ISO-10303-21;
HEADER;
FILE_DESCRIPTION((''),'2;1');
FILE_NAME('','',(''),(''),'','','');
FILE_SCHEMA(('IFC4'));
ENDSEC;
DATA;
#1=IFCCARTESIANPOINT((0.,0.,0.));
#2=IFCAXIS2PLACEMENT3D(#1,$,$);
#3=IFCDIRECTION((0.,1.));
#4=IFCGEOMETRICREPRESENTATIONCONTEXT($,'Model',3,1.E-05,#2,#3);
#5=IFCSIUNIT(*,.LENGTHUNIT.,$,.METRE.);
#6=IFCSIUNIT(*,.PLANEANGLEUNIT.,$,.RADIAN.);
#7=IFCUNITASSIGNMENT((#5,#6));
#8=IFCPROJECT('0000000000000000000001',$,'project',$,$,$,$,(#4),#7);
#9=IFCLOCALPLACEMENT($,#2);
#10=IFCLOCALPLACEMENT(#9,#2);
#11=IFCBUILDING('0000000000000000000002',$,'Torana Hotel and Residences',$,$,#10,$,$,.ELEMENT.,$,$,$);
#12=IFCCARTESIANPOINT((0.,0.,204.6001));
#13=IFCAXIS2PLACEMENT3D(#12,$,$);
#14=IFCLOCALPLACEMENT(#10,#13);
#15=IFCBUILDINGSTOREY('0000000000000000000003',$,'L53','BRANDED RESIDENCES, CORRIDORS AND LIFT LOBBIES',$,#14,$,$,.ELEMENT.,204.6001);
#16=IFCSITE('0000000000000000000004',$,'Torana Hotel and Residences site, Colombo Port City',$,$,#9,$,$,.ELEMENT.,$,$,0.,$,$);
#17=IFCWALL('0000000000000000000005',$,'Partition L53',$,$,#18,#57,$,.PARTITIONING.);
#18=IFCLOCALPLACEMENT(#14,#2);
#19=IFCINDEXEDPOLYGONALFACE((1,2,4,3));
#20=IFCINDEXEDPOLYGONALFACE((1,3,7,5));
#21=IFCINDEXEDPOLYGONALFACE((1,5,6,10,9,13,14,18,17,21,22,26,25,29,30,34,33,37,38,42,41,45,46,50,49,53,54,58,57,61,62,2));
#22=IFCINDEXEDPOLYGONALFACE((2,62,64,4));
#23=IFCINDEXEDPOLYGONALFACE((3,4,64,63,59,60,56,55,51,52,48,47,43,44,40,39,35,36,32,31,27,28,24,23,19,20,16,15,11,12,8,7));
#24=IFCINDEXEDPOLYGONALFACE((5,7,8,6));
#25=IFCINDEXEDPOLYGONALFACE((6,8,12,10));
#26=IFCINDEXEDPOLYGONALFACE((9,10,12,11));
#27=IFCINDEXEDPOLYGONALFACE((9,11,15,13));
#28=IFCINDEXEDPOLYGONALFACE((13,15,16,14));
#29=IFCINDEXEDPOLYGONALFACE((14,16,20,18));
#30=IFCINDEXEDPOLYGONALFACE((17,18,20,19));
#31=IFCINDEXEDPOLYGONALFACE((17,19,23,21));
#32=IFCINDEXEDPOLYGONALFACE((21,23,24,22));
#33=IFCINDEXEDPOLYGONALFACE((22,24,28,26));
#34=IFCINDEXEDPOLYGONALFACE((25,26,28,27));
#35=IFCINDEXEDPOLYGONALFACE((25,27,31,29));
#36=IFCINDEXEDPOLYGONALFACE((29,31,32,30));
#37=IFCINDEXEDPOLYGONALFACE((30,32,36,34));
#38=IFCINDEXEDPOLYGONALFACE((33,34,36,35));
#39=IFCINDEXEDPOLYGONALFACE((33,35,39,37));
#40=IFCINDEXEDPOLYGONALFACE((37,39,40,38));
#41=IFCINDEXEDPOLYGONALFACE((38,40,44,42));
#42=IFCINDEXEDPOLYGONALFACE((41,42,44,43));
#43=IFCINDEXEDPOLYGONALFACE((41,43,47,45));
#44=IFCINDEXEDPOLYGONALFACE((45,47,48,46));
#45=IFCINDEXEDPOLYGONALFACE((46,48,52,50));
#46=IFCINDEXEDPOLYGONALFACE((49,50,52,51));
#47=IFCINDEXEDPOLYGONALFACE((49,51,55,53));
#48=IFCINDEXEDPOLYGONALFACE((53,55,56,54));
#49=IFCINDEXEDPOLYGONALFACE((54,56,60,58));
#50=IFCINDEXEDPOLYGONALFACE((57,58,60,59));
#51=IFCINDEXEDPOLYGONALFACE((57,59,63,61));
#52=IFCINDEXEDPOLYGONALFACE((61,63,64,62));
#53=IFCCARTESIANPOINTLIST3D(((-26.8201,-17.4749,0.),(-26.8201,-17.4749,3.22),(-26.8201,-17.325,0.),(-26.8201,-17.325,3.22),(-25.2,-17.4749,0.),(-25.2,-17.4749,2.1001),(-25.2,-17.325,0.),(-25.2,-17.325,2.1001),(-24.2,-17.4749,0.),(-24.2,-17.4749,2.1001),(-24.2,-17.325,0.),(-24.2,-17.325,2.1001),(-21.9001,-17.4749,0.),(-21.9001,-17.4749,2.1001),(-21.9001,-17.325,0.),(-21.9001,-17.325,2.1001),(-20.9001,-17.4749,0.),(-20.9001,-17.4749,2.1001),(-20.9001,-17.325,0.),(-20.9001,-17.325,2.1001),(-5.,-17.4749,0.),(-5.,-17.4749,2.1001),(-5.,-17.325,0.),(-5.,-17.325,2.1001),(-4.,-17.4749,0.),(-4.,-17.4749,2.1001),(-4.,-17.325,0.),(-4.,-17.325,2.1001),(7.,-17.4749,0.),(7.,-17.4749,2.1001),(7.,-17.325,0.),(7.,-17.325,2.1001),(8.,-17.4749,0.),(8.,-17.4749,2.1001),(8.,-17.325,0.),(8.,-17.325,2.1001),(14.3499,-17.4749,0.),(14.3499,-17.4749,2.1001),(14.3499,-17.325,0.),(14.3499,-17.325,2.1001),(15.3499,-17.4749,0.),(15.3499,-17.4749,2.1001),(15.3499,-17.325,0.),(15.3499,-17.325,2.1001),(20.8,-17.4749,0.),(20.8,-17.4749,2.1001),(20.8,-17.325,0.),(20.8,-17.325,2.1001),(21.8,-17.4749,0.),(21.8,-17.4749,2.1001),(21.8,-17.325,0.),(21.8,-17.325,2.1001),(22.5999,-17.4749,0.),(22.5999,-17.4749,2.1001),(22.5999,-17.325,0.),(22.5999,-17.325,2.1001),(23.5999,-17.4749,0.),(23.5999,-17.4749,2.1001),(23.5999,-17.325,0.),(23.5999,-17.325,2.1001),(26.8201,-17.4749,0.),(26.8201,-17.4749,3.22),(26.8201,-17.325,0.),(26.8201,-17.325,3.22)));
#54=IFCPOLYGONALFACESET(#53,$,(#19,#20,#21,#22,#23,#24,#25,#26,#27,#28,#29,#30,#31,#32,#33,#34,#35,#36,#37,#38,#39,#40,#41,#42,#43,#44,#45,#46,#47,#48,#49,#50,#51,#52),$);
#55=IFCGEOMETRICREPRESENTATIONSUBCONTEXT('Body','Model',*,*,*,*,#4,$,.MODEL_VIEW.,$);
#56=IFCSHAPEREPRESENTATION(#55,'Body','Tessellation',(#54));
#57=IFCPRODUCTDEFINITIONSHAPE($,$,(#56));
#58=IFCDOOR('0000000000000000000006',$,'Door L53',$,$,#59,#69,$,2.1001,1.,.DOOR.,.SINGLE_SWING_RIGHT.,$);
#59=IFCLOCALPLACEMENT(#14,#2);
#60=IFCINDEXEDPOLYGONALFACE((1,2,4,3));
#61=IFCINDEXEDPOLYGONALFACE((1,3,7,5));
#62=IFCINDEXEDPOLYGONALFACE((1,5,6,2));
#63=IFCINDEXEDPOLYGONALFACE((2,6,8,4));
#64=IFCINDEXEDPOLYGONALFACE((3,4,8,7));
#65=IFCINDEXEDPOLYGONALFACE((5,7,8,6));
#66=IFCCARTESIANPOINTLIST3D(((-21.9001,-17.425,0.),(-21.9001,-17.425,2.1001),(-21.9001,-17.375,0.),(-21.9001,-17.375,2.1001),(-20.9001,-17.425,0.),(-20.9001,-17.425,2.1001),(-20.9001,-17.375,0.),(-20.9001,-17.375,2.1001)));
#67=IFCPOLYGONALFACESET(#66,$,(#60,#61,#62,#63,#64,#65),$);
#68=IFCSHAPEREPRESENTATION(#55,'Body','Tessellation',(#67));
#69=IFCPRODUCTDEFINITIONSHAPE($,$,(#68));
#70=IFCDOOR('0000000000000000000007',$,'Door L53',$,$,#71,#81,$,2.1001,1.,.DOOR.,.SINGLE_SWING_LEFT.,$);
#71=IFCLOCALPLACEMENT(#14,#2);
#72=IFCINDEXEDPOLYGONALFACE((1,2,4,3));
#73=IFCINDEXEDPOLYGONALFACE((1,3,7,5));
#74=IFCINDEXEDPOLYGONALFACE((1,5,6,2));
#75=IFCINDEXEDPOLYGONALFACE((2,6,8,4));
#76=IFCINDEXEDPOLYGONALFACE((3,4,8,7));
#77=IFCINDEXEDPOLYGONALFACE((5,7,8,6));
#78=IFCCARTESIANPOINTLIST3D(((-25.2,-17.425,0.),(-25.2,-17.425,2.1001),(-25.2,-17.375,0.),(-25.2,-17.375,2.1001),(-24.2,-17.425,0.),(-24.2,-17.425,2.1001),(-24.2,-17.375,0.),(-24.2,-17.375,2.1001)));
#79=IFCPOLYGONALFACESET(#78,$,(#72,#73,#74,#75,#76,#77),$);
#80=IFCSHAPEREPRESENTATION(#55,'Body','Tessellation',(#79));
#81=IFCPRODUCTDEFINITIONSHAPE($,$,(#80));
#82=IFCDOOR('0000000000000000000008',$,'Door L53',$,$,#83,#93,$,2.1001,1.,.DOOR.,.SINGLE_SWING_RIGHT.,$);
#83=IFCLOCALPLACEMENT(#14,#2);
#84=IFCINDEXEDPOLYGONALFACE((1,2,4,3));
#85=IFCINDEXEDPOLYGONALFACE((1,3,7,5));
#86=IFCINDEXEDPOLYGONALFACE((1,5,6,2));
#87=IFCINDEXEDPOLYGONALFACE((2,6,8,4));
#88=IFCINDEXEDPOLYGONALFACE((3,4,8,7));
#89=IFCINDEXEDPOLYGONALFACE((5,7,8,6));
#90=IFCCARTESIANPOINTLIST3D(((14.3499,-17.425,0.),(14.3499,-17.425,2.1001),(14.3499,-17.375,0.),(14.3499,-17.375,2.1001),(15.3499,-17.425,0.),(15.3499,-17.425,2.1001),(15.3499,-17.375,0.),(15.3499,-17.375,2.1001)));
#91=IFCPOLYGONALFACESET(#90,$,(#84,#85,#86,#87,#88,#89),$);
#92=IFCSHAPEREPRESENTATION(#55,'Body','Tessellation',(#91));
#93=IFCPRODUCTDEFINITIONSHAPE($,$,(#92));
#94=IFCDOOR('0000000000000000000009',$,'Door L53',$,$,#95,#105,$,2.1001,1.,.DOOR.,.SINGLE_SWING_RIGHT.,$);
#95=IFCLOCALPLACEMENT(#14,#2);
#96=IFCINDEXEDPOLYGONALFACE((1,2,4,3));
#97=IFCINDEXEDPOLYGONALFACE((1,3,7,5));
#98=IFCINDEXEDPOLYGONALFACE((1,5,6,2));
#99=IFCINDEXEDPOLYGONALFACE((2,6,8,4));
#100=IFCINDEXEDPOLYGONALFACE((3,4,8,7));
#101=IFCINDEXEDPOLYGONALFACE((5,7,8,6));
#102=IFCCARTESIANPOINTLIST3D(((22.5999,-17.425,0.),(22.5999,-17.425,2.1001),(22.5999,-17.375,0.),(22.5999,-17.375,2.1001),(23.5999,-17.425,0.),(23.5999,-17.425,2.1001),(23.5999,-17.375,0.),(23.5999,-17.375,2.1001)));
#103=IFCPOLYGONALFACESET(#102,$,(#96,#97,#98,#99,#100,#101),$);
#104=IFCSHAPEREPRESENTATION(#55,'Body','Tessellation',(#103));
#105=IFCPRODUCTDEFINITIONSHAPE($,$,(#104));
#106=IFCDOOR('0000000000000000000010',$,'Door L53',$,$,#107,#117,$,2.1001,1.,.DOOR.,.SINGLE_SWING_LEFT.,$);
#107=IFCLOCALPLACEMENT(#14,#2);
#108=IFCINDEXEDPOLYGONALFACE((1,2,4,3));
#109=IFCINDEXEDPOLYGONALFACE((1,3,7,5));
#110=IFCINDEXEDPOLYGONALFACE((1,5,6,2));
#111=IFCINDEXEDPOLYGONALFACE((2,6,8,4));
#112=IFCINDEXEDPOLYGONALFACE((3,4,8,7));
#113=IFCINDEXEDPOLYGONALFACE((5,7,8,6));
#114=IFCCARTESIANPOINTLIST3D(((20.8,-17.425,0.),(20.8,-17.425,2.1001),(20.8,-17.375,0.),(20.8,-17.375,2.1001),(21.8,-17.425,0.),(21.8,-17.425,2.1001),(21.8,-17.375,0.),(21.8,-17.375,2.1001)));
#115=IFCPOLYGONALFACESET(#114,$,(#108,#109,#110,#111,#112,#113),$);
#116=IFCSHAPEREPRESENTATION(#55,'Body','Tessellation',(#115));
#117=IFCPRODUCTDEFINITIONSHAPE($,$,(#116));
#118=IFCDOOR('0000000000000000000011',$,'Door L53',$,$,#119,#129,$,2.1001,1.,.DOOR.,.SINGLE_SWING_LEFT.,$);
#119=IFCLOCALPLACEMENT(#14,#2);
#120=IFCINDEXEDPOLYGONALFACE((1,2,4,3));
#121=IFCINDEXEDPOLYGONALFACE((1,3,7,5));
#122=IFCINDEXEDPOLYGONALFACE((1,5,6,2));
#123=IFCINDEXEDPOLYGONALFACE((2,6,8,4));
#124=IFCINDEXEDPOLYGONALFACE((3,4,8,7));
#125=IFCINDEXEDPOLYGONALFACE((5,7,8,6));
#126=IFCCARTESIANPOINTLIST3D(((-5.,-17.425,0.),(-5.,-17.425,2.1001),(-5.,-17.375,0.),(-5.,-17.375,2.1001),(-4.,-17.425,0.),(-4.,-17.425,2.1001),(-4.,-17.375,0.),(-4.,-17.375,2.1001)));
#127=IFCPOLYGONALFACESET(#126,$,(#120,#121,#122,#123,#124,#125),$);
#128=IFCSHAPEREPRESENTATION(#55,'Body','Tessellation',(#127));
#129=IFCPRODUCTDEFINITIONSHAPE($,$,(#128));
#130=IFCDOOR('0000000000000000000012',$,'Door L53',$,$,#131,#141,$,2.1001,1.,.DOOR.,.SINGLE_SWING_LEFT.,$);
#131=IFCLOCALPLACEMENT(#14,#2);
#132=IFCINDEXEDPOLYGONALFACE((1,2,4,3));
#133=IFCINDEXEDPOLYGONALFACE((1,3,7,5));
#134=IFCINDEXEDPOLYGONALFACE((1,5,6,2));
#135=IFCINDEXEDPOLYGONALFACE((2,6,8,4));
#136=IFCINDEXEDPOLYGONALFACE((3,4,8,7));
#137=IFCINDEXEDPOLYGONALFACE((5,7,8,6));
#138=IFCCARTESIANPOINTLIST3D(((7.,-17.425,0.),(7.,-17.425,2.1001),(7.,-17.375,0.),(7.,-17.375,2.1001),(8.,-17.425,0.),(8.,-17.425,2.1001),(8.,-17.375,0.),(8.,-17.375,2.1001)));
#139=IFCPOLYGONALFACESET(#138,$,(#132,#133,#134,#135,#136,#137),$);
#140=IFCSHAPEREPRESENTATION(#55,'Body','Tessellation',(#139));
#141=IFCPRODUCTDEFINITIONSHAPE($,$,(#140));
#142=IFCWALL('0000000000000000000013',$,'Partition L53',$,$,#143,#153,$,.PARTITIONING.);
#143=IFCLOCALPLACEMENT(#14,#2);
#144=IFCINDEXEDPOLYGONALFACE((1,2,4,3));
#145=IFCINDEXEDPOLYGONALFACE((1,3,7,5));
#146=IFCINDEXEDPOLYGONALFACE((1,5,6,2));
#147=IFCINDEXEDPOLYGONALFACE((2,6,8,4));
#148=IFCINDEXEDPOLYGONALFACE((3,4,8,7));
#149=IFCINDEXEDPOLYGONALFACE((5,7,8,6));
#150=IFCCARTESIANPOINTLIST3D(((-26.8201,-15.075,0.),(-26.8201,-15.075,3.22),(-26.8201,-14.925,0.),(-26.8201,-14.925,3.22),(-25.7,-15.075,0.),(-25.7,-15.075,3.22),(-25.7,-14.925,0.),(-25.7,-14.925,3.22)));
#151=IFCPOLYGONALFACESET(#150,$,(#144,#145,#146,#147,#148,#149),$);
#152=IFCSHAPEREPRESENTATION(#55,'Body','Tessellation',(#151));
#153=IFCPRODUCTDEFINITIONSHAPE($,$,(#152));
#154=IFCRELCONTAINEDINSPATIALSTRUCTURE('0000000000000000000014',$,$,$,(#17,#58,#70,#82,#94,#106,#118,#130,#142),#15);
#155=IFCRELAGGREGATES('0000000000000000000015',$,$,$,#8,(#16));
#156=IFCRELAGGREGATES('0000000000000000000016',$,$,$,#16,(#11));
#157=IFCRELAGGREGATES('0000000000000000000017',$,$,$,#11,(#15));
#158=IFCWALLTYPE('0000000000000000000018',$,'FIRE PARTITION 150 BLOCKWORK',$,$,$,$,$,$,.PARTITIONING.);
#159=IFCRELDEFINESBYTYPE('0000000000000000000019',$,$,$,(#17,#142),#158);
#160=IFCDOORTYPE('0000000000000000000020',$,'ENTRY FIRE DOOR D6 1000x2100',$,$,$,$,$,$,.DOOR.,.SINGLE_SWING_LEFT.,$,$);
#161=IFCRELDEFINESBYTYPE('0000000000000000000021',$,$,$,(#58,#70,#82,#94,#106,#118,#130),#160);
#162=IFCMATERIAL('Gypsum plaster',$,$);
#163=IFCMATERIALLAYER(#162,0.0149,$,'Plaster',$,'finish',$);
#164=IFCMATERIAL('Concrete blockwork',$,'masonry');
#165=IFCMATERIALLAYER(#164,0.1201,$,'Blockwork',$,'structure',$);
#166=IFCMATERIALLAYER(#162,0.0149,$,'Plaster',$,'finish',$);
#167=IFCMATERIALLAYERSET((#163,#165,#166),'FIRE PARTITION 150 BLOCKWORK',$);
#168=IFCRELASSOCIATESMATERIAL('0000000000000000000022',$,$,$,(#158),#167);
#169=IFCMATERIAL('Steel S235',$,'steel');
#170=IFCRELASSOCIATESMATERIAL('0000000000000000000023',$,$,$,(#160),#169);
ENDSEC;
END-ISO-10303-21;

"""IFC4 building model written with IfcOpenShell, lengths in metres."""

from ifc_helpers import new_model, si_unit, direction, frame, frame_2d, origin, place, context, subcontext, project, spatial, rectangle, extrude, material, layer, layer_set, type_object, element, fill, save


model = new_model("IFC4")

# Units and contexts
model_context = context("Model", 3, precision=1e-05, world=origin(), true_north=direction((0.0, 1.0)))
body_context = subcontext(model_context, "Body", "Model", "MODEL_VIEW")
ifc_project = project(units=[si_unit("LENGTHUNIT", "METRE"), si_unit("PLANEANGLEUNIT", "RADIAN")], contexts=[model_context])

# Site, building, storey
site_placement = place(None, origin())
site = spatial("IfcSite", under=ifc_project, at=site_placement, Name="Torana Hotel and Residences site, Colombo Port City", CompositionType="ELEMENT", RefElevation=0.0)
building_placement = place(site_placement, origin())
building = spatial("IfcBuilding", under=site, at=building_placement, Name="Torana Hotel and Residences", CompositionType="ELEMENT")
storey_placement = place(building_placement, frame((0.0, 0.0, 204.6001)))
storey = spatial("IfcBuildingStorey", under=building, at=storey_placement, Name="L53", Description="BRANDED RESIDENCES, CORRIDORS AND LIFT LOBBIES", CompositionType="ELEMENT", Elevation=204.6001)

# Wall, openings, doors
ifc_material_1 = material(Name="Gypsum plaster")
ifc_layer_1 = layer(ifc_material_1, 0.0149, Name="Plaster", Category="finish")
ifc_material_2 = material(Name="Concrete blockwork", Category="masonry")
ifc_layer_2 = layer(ifc_material_2, 0.1201, Name="Blockwork", Category="structure")
ifc_layer_3 = layer(ifc_material_1, 0.0149, Name="Plaster", Category="finish")
ifc_layer_set_1 = layer_set([ifc_layer_1, ifc_layer_2, ifc_layer_3], Name="FIRE PARTITION 150 BLOCKWORK")
wall_type_1 = type_object("IfcWallType", Name="FIRE PARTITION 150 BLOCKWORK", PredefinedType="PARTITIONING", material=ifc_layer_set_1)
wall_1_placement = place(storey_placement, frame((-26.8201, -17.3999, 0.0), z_axis=(0.0, 0.0, 1.0), x_axis=(1.0, 0.0, 0.0)))
wall_1 = element("IfcWall", 1, at=wall_1_placement, inside=storey, type_object=wall_type_1, Name="Partition L53", PredefinedType="PARTITIONING", context=body_context, shape_type="SweptSolid", body=[
    extrude(rectangle(XDim=53.6401, YDim=0.1499, at=frame_2d((26.8201, 0.0))), origin(), (0.0, 0.0, 1.0), 3.22),
])
opening_1_placement = place(wall_1_placement, frame((4.9199, 0.0, 0.0)))
opening_1 = element("IfcOpeningElement", 2, at=opening_1_placement, cuts=wall_1, PredefinedType="OPENING", context=body_context, shape_type="SweptSolid", body=[
    extrude(rectangle(XDim=1.0, YDim=2.1001, at=frame_2d((0.5, 1.05))), frame((0.0, 0.085, 0.0), z_axis=(0.0, -1.0, 0.0), x_axis=(1.0, 0.0, 0.0)), (0.0, 0.0, 1.0), 0.1699),
])
opening_2_placement = place(wall_1_placement, frame((1.6201, 0.0, 0.0)))
opening_2 = element("IfcOpeningElement", 3, at=opening_2_placement, cuts=wall_1, PredefinedType="OPENING", context=body_context, shape_type="SweptSolid", body=[
    extrude(rectangle(XDim=1.0, YDim=2.1001, at=frame_2d((0.5, 1.05))), frame((0.0, 0.085, 0.0), z_axis=(0.0, -1.0, 0.0), x_axis=(1.0, 0.0, 0.0)), (0.0, 0.0, 1.0), 0.1699),
])
opening_3_placement = place(wall_1_placement, frame((41.1699, 0.0, 0.0)))
opening_3 = element("IfcOpeningElement", 4, at=opening_3_placement, cuts=wall_1, PredefinedType="OPENING", context=body_context, shape_type="SweptSolid", body=[
    extrude(rectangle(XDim=1.0, YDim=2.1001, at=frame_2d((0.5, 1.05))), frame((0.0, 0.085, 0.0), z_axis=(0.0, -1.0, 0.0), x_axis=(1.0, 0.0, 0.0)), (0.0, 0.0, 1.0), 0.1699),
])
opening_4_placement = place(wall_1_placement, frame((49.4199, 0.0, 0.0)))
opening_4 = element("IfcOpeningElement", 5, at=opening_4_placement, cuts=wall_1, PredefinedType="OPENING", context=body_context, shape_type="SweptSolid", body=[
    extrude(rectangle(XDim=1.0, YDim=2.1001, at=frame_2d((0.5, 1.05))), frame((0.0, 0.085, 0.0), z_axis=(0.0, -1.0, 0.0), x_axis=(1.0, 0.0, 0.0)), (0.0, 0.0, 1.0), 0.1699),
])
opening_5_placement = place(wall_1_placement, frame((47.6201, 0.0, 0.0)))
opening_5 = element("IfcOpeningElement", 6, at=opening_5_placement, cuts=wall_1, PredefinedType="OPENING", context=body_context, shape_type="SweptSolid", body=[
    extrude(rectangle(XDim=1.0, YDim=2.1001, at=frame_2d((0.5, 1.05))), frame((0.0, 0.085, 0.0), z_axis=(0.0, -1.0, 0.0), x_axis=(1.0, 0.0, 0.0)), (0.0, 0.0, 1.0), 0.1699),
])
opening_6_placement = place(wall_1_placement, frame((21.8201, 0.0, 0.0)))
opening_6 = element("IfcOpeningElement", 7, at=opening_6_placement, cuts=wall_1, PredefinedType="OPENING", context=body_context, shape_type="SweptSolid", body=[
    extrude(rectangle(XDim=1.0, YDim=2.1001, at=frame_2d((0.5, 1.05))), frame((0.0, 0.085, 0.0), z_axis=(0.0, -1.0, 0.0), x_axis=(1.0, 0.0, 0.0)), (0.0, 0.0, 1.0), 0.1699),
])
opening_7_placement = place(wall_1_placement, frame((33.8201, 0.0, 0.0)))
opening_7 = element("IfcOpeningElement", 8, at=opening_7_placement, cuts=wall_1, PredefinedType="OPENING", context=body_context, shape_type="SweptSolid", body=[
    extrude(rectangle(XDim=1.0, YDim=2.1001, at=frame_2d((0.5, 1.05))), frame((0.0, 0.085, 0.0), z_axis=(0.0, -1.0, 0.0), x_axis=(1.0, 0.0, 0.0)), (0.0, 0.0, 1.0), 0.1699),
])
ifc_material_3 = material(Name="Steel S235", Category="steel")
door_type = type_object("IfcDoorType", Name="ENTRY FIRE DOOR D6 1000x2100", OperationType="SINGLE_SWING_LEFT", PredefinedType="DOOR", material=ifc_material_3)
door_1_placement = place(opening_1_placement, origin())
door_1 = element("IfcDoor", 9, at=door_1_placement, inside=storey, type_object=door_type, Name="Door L53", OperationType="SINGLE_SWING_RIGHT", OverallHeight=2.1001, OverallWidth=1.0, PredefinedType="DOOR", context=body_context, shape_type="SweptSolid", body=[
    extrude(rectangle(XDim=1.0, YDim=2.1001, at=frame_2d((0.5, 1.05))), frame((0.0, 0.0249, 0.0), z_axis=(0.0, -1.0, 0.0), x_axis=(1.0, 0.0, 0.0)), (0.0, 0.0, 1.0), 0.05),
])
fill(opening_1, door_1)
door_2_placement = place(opening_2_placement, frame((0.5, 0.0, 0.0), z_axis=(0.0, 0.0, 1.0), x_axis=(-1.0, 0.0, 0.0)))
door_2 = element("IfcDoor", 10, at=door_2_placement, inside=storey, type_object=door_type, Name="Door L53", OperationType="SINGLE_SWING_LEFT", OverallHeight=2.1001, OverallWidth=1.0, PredefinedType="DOOR", context=body_context, shape_type="SweptSolid", body=[
    extrude(rectangle(XDim=1.0, YDim=2.1001, at=frame_2d((0.0, 1.05))), frame((0.0, -0.0249, 0.0), z_axis=(0.0, 1.0, 0.0), x_axis=(-1.0, 0.0, 0.0)), (0.0, 0.0, 1.0), 0.05),
])
fill(opening_2, door_2)
door_3_placement = place(opening_3_placement, origin())
door_3 = element("IfcDoor", 11, at=door_3_placement, inside=storey, type_object=door_type, Name="Door L53", OperationType="SINGLE_SWING_RIGHT", OverallHeight=2.1001, OverallWidth=1.0, PredefinedType="DOOR", context=body_context, shape_type="SweptSolid", body=[
    extrude(rectangle(XDim=1.0, YDim=2.1001, at=frame_2d((0.5, 1.05))), frame((0.0, 0.0249, 0.0), z_axis=(0.0, -1.0, 0.0), x_axis=(1.0, 0.0, 0.0)), (0.0, 0.0, 1.0), 0.05),
])
fill(opening_3, door_3)
door_4_placement = place(opening_4_placement, origin())
door_4 = element("IfcDoor", 12, at=door_4_placement, inside=storey, type_object=door_type, Name="Door L53", OperationType="SINGLE_SWING_RIGHT", OverallHeight=2.1001, OverallWidth=1.0, PredefinedType="DOOR", context=body_context, shape_type="SweptSolid", body=[
    extrude(rectangle(XDim=1.0, YDim=2.1001, at=frame_2d((0.5, 1.05))), frame((0.0, 0.0249, 0.0), z_axis=(0.0, -1.0, 0.0), x_axis=(1.0, 0.0, 0.0)), (0.0, 0.0, 1.0), 0.05),
])
fill(opening_4, door_4)
door_5_placement = place(opening_5_placement, frame((0.5, 0.0, 0.0), z_axis=(0.0, 0.0, 1.0), x_axis=(-1.0, 0.0, 0.0)))
door_5 = element("IfcDoor", 13, at=door_5_placement, inside=storey, type_object=door_type, Name="Door L53", OperationType="SINGLE_SWING_LEFT", OverallHeight=2.1001, OverallWidth=1.0, PredefinedType="DOOR", context=body_context, shape_type="SweptSolid", body=[
    extrude(rectangle(XDim=1.0, YDim=2.1001, at=frame_2d((0.0, 1.05))), frame((0.0, -0.0249, 0.0), z_axis=(0.0, 1.0, 0.0), x_axis=(-1.0, 0.0, 0.0)), (0.0, 0.0, 1.0), 0.05),
])
fill(opening_5, door_5)
door_6_placement = place(opening_6_placement, frame((0.5, 0.0, 0.0), z_axis=(0.0, 0.0, 1.0), x_axis=(-1.0, 0.0, 0.0)))
door_6 = element("IfcDoor", 14, at=door_6_placement, inside=storey, type_object=door_type, Name="Door L53", OperationType="SINGLE_SWING_LEFT", OverallHeight=2.1001, OverallWidth=1.0, PredefinedType="DOOR", context=body_context, shape_type="SweptSolid", body=[
    extrude(rectangle(XDim=1.0, YDim=2.1001, at=frame_2d((0.0, 1.05))), frame((0.0, -0.0249, 0.0), z_axis=(0.0, 1.0, 0.0), x_axis=(-1.0, 0.0, 0.0)), (0.0, 0.0, 1.0), 0.05),
])
fill(opening_6, door_6)
door_7_placement = place(opening_7_placement, frame((0.5, 0.0, 0.0), z_axis=(0.0, 0.0, 1.0), x_axis=(-1.0, 0.0, 0.0)))
door_7 = element("IfcDoor", 15, at=door_7_placement, inside=storey, type_object=door_type, Name="Door L53", OperationType="SINGLE_SWING_LEFT", OverallHeight=2.1001, OverallWidth=1.0, PredefinedType="DOOR", context=body_context, shape_type="SweptSolid", body=[
    extrude(rectangle(XDim=1.0, YDim=2.1001, at=frame_2d((0.0, 1.05))), frame((0.0, -0.0249, 0.0), z_axis=(0.0, 1.0, 0.0), x_axis=(-1.0, 0.0, 0.0)), (0.0, 0.0, 1.0), 0.05),
])
fill(opening_7, door_7)

# Wall
wall_2_placement = place(storey_placement, frame((-26.8201, -15.0, 0.0), z_axis=(0.0, 0.0, 1.0), x_axis=(1.0, 0.0, 0.0)))
element("IfcWall", 16, at=wall_2_placement, inside=storey, type_object=wall_type_1, Name="Partition L53", PredefinedType="PARTITIONING", context=body_context, shape_type="SweptSolid", body=[
    extrude(rectangle(XDim=1.1201, YDim=0.1499, at=frame_2d((0.5601, 0.0))), origin(), (0.0, 0.0, 1.0), 3.22),
])

save(model, "model.ifc")
